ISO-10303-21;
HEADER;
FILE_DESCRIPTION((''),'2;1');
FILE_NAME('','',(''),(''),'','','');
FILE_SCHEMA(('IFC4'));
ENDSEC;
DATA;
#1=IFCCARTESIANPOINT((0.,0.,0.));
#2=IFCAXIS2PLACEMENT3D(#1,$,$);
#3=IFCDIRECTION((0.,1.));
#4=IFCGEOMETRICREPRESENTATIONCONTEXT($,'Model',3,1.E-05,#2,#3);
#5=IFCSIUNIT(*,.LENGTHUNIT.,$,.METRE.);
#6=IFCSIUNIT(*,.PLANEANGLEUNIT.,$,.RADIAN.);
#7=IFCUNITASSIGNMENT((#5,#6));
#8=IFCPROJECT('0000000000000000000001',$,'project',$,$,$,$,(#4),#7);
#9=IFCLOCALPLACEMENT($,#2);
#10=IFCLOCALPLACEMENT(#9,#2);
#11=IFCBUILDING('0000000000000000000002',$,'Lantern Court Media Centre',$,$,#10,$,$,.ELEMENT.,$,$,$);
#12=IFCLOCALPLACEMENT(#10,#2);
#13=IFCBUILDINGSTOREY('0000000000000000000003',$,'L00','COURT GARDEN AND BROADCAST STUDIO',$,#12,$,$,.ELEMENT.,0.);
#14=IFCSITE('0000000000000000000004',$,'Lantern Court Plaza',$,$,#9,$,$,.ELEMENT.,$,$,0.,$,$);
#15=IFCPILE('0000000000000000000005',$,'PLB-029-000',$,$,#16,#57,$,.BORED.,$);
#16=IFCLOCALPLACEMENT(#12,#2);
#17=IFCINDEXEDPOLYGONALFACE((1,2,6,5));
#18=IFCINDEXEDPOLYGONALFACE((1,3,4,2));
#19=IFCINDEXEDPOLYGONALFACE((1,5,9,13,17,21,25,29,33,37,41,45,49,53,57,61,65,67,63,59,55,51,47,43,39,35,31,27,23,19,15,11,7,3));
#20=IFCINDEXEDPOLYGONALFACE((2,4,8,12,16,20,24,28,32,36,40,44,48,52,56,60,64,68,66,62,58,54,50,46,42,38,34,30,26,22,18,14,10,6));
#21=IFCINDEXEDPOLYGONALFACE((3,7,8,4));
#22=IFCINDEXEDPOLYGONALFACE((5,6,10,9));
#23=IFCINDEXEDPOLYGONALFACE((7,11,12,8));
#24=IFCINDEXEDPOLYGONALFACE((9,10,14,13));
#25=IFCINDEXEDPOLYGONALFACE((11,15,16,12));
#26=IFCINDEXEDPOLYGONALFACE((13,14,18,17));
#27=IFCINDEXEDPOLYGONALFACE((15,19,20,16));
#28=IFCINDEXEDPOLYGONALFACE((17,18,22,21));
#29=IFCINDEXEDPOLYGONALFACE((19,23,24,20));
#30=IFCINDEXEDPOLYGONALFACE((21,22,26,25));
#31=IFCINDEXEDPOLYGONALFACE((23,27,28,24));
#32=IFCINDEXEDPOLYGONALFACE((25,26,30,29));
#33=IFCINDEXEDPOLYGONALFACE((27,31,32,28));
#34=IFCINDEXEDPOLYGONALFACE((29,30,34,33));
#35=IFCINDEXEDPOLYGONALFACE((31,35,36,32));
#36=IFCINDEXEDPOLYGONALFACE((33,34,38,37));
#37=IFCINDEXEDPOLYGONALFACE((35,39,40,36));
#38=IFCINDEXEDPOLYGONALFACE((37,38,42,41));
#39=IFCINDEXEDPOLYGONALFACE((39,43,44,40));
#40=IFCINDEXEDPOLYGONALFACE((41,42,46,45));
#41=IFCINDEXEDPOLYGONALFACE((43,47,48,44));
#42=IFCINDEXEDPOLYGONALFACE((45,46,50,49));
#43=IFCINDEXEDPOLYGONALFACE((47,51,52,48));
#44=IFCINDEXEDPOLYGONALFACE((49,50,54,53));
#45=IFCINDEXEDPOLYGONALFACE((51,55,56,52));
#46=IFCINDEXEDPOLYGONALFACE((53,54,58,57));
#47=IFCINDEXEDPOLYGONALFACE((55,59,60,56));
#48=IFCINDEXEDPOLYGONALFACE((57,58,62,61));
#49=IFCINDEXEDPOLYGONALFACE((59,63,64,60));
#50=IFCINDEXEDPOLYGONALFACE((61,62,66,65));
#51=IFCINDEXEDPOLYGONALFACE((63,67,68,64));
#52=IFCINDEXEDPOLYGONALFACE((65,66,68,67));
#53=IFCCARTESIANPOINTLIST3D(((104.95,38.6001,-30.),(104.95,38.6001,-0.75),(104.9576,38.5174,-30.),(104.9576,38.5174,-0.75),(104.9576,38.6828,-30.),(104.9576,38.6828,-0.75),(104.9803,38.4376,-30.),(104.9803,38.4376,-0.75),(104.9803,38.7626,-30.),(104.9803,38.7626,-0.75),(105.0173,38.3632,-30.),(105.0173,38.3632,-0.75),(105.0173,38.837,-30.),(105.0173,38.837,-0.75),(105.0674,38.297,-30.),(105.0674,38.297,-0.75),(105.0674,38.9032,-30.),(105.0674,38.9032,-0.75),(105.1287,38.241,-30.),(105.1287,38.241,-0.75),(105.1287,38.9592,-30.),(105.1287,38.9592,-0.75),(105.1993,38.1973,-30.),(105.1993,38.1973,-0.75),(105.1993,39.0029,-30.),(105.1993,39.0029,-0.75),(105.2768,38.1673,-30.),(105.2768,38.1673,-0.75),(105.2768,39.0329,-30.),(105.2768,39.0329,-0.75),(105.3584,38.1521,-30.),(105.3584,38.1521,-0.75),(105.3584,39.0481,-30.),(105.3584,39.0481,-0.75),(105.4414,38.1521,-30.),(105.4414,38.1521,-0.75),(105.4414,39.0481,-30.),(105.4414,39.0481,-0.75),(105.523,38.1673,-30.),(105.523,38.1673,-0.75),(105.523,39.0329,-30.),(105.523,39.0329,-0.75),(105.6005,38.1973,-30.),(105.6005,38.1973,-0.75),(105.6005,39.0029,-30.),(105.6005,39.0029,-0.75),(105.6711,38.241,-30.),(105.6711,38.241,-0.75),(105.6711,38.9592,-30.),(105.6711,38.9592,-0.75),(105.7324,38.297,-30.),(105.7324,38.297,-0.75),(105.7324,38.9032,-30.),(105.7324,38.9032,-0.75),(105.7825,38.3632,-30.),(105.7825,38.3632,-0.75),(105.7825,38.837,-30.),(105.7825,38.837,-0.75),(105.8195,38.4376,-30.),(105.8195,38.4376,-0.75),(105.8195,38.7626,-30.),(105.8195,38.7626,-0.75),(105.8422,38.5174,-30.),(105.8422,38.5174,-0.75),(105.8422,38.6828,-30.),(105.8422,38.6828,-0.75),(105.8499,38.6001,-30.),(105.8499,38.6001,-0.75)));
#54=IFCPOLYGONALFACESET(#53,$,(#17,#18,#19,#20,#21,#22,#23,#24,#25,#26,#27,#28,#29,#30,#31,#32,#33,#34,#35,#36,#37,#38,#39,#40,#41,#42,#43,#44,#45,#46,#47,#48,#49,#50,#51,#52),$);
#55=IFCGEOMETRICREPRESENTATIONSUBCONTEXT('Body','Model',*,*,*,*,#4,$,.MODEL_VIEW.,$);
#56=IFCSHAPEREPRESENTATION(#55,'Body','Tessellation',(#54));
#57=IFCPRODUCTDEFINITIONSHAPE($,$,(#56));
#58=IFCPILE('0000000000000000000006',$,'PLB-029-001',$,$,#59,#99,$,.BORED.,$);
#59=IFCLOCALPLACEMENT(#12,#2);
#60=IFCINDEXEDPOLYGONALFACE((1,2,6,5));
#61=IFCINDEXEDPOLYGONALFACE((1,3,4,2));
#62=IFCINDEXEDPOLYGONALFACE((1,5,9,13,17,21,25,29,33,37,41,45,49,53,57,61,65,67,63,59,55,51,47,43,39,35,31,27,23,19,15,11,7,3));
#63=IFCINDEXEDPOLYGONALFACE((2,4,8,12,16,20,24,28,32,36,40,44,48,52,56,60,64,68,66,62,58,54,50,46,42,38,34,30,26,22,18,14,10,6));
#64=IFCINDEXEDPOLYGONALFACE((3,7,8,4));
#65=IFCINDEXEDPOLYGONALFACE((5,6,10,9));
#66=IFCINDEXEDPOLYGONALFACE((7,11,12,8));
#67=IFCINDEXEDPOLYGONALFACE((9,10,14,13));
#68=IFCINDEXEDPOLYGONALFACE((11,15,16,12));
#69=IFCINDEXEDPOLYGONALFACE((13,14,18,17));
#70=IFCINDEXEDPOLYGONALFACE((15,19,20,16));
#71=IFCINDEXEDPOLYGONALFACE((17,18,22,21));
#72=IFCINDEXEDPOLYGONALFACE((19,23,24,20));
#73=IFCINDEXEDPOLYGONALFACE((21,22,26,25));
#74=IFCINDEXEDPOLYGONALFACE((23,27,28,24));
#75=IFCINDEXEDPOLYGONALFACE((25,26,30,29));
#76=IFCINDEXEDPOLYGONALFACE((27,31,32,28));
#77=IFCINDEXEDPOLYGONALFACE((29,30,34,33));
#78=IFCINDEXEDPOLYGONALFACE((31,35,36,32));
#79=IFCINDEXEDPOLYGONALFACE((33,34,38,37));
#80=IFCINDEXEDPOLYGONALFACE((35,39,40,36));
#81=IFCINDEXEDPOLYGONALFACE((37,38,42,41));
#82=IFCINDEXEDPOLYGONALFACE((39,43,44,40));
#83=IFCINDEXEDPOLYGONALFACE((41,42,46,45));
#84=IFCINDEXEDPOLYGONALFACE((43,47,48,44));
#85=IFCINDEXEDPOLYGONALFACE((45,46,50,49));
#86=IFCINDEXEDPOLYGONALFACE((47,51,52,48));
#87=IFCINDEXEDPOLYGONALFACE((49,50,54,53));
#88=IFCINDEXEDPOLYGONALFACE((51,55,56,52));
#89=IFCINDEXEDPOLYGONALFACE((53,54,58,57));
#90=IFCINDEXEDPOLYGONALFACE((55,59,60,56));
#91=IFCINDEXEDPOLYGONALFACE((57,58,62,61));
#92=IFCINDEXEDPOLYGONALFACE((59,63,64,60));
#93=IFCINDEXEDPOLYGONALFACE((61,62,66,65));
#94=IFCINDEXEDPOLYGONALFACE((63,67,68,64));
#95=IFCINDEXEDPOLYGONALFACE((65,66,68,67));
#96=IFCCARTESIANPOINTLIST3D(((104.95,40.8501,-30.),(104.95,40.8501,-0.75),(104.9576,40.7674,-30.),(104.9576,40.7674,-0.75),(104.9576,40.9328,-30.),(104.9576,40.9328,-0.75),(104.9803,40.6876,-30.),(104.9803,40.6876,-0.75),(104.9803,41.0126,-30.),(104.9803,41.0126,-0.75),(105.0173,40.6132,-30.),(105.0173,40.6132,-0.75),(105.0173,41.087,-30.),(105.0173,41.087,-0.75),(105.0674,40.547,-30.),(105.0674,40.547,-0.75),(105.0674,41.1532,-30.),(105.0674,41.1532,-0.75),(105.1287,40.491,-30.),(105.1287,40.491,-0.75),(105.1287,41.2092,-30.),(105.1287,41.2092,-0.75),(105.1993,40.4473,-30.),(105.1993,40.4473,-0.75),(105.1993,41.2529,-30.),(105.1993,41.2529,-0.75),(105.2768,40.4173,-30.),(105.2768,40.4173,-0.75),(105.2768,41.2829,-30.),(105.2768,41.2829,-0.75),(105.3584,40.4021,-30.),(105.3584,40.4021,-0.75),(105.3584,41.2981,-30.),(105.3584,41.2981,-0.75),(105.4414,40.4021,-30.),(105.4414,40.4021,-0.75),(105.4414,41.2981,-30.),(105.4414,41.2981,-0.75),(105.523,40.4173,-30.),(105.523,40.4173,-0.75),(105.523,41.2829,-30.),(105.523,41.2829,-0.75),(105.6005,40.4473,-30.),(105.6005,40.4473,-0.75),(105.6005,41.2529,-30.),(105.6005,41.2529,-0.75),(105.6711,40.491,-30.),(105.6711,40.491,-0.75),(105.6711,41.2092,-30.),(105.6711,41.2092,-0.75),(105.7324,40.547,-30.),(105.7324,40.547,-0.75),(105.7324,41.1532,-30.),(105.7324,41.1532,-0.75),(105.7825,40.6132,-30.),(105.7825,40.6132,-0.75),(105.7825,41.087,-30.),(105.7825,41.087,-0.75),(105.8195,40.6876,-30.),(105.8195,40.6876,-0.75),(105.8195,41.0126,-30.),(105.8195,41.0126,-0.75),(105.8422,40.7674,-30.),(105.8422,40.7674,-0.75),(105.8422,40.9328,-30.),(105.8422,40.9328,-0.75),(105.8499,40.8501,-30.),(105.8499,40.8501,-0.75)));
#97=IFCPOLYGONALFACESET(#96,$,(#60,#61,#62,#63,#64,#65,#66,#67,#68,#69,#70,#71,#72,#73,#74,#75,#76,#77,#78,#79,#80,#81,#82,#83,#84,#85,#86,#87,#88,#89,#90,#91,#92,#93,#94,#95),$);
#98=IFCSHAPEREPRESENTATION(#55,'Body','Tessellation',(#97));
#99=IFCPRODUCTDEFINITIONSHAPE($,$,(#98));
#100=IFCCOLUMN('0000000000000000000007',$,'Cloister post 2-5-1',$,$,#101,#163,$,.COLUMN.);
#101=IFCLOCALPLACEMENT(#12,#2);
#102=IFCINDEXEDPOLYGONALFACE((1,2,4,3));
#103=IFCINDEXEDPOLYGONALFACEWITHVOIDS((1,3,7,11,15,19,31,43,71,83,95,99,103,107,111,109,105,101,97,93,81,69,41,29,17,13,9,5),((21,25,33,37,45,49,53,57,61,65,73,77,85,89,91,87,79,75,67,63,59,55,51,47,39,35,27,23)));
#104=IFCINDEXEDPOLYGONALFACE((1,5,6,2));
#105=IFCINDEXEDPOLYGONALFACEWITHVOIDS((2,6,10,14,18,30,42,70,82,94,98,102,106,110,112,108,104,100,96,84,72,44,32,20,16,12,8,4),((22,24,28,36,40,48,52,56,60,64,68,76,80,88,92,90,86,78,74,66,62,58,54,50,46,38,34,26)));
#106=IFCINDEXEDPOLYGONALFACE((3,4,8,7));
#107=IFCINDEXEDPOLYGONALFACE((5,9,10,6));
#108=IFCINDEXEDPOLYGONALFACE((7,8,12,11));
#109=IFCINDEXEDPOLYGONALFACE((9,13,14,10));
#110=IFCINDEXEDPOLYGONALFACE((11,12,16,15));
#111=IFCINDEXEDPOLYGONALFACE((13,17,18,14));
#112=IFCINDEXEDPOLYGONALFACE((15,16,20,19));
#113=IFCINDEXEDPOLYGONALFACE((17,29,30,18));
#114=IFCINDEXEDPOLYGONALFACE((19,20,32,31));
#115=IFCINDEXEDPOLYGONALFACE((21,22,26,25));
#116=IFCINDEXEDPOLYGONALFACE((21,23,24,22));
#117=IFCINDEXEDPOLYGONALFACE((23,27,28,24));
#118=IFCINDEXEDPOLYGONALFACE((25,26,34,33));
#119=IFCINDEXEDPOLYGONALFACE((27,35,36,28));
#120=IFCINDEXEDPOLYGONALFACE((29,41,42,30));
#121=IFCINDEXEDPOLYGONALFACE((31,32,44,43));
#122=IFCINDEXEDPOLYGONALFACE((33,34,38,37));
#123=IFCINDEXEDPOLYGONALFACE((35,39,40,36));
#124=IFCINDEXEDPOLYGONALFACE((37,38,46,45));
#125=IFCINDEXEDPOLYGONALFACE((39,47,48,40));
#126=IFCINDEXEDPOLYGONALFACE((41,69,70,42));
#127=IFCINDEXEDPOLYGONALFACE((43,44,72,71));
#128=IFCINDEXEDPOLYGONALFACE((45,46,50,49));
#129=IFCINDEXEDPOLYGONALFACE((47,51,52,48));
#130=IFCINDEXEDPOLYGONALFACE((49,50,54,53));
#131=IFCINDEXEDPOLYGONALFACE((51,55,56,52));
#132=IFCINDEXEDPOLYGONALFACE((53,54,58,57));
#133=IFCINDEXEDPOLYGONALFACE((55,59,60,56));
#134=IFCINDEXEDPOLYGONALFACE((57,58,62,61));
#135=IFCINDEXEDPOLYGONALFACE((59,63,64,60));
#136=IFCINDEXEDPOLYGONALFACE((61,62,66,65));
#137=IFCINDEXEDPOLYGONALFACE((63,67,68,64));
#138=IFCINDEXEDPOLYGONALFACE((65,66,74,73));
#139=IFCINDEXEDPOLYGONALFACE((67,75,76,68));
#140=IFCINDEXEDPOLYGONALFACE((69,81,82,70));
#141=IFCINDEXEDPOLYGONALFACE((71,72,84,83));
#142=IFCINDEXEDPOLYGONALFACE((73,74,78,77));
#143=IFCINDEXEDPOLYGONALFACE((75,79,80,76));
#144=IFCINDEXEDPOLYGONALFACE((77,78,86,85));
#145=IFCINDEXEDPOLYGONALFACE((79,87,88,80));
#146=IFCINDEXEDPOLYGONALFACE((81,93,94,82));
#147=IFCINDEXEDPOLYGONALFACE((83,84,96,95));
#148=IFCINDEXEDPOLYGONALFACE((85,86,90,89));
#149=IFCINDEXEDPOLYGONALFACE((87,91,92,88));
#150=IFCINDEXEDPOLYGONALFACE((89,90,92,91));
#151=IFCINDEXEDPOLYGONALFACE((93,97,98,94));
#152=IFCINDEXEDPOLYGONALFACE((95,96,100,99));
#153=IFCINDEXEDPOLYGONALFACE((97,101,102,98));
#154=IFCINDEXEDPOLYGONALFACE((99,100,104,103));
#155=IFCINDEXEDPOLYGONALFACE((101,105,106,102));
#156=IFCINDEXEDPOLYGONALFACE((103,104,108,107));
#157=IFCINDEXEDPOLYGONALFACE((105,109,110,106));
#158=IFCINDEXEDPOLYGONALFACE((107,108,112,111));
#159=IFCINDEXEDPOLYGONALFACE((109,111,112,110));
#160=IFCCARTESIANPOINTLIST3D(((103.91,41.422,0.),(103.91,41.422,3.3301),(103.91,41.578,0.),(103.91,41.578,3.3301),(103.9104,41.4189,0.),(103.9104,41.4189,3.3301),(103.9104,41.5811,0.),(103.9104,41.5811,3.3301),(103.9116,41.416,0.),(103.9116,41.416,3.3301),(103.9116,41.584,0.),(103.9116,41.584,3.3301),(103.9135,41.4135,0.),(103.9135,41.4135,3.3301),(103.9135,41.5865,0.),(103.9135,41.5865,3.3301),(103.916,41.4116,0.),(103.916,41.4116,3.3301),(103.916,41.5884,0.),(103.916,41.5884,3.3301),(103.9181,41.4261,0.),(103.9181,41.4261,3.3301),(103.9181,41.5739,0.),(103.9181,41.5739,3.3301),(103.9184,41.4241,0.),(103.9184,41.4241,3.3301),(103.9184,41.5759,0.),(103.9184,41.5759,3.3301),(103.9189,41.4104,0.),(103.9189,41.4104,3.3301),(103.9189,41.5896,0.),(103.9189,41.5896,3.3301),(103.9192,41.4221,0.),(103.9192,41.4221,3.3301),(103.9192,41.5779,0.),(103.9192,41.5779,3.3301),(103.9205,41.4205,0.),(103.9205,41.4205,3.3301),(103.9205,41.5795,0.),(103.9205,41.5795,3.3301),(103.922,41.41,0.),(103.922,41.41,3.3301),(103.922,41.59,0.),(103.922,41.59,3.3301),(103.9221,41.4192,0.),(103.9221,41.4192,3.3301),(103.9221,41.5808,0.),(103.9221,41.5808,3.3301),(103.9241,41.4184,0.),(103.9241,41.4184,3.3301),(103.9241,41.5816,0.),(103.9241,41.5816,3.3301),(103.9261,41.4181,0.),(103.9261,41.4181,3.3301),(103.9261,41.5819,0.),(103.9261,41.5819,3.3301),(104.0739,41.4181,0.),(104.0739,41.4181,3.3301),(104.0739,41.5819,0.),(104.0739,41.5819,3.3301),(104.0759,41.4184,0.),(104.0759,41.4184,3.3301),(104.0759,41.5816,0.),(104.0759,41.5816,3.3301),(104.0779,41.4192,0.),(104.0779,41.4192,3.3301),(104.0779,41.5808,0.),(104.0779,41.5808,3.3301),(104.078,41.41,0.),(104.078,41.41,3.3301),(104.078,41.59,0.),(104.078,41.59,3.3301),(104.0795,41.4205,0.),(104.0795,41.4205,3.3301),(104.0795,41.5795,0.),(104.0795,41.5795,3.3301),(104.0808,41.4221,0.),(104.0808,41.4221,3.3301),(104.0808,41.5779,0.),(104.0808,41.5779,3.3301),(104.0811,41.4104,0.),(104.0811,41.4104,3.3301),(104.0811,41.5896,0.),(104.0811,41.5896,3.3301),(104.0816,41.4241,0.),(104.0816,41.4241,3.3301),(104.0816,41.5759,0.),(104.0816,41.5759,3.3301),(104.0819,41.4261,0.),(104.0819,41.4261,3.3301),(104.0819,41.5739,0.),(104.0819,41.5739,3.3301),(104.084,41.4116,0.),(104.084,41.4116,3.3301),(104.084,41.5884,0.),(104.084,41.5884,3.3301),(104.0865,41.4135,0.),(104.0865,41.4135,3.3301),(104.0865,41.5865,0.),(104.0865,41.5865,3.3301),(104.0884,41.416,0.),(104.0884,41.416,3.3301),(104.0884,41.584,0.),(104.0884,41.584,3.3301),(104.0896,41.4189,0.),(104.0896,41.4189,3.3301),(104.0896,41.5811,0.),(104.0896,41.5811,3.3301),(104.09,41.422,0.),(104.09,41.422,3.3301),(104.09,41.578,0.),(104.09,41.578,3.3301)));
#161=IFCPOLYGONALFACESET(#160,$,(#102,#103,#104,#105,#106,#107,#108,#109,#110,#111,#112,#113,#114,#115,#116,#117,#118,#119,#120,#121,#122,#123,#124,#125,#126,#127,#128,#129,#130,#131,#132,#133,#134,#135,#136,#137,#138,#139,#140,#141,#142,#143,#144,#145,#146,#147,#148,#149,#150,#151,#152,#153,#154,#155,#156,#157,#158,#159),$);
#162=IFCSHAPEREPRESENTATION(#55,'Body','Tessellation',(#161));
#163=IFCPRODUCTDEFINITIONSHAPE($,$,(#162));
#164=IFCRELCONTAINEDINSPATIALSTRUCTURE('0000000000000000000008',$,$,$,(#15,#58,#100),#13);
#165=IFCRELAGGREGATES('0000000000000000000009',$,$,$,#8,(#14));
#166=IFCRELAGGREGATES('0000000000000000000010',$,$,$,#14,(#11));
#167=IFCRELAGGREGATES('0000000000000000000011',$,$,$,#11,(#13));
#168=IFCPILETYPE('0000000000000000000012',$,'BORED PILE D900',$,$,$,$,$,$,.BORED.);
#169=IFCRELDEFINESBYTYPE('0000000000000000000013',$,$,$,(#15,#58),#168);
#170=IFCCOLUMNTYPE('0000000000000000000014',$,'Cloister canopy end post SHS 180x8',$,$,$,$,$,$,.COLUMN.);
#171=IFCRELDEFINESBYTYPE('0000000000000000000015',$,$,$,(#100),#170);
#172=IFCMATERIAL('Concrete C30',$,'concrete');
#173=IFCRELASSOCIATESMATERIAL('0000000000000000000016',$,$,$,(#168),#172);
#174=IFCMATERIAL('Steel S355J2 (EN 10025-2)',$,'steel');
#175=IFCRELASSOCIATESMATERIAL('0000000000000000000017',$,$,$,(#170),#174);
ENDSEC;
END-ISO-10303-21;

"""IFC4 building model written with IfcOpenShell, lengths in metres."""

from ifc_helpers import new_model, si_unit, direction, frame, origin, origin_2d, place, context, subcontext, project, spatial, hollow_rectangle, circle, extrude, material, material_profile, profile_set, type_object, element, save


model = new_model("IFC4")

# Units and contexts
model_context = context("Model", 3, precision=1e-05, world=origin(), true_north=direction((0.0, 1.0)))
body_context = subcontext(model_context, "Body", "Model", "MODEL_VIEW")
ifc_project = project(units=[si_unit("LENGTHUNIT", "METRE"), si_unit("PLANEANGLEUNIT", "RADIAN")], contexts=[model_context])

# Site, building, storey
site_placement = place(None, origin())
site = spatial("IfcSite", under=ifc_project, at=site_placement, Name="Lantern Court Plaza", CompositionType="ELEMENT", RefElevation=0.0)
building_placement = place(site_placement, origin())
building = spatial("IfcBuilding", under=site, at=building_placement, Name="Lantern Court Media Centre", CompositionType="ELEMENT")
storey_placement = place(building_placement, origin())
storey = spatial("IfcBuildingStorey", under=building, at=storey_placement, Name="L00", Description="COURT GARDEN AND BROADCAST STUDIO", CompositionType="ELEMENT", Elevation=0.0)

# Piles
ifc_material_1 = material(Name="Concrete C30", Category="concrete")
ifc_material_profile_1 = material_profile(ifc_material_1, circle(Radius=0.45, at=origin_2d()), Name="D900")
ifc_profile_set_1 = profile_set([ifc_material_profile_1], Name="Concrete C30")
pile_type = type_object("IfcPileType", Name="BORED PILE D900", PredefinedType="BORED", material=ifc_profile_set_1)
for number, where, z_axis, x_axis, name in (
    (1, (105.3999, 38.6001, -0.75), (0.0, 0.0, -1.0), (1.0, 0.0, 0.0), "PLB-029-000"),
    (2, (105.3999, 40.8501, -0.75), (0.0, 0.0, -1.0), (1.0, 0.0, 0.0), "PLB-029-001"),
):
    element("IfcPile", number, at=place(storey_placement, frame(where, z_axis=z_axis, x_axis=x_axis)), inside=storey, type_object=pile_type, Name=name, PredefinedType="BORED", context=body_context, shape_type="SweptSolid", body=[
        extrude(circle(Radius=0.45, at=origin_2d()), origin(), (0.0, 0.0, 1.0), 29.25),
    ])

# Column
ifc_material_2 = material(Name="Steel S355J2 (EN 10025-2)", Category="steel")
ifc_material_profile_2 = material_profile(ifc_material_2, hollow_rectangle(XDim=0.1799, YDim=0.1799, WallThickness=0.0081, InnerFilletRadius=0.0081, OuterFilletRadius=0.012, at=origin_2d()), Name="Cloister canopy end post SHS 180x8")
ifc_profile_set_2 = profile_set([ifc_material_profile_2], Name="Steel S355J2 (EN 10025-2)")
column_type_1 = type_object("IfcColumnType", Name="Cloister canopy end post SHS 180x8", PredefinedType="COLUMN", material=ifc_profile_set_2)
for number, where, z_axis, x_axis, name in (
    (3, (104.0, 41.5, 0.0), (0.0, 0.0, 1.0), (1.0, 0.0, 0.0), "Cloister post 2-5-1"),
):
    element("IfcColumn", number, at=place(storey_placement, frame(where, z_axis=z_axis, x_axis=x_axis)), inside=storey, type_object=column_type_1, Name=name, PredefinedType="COLUMN", context=body_context, shape_type="SweptSolid", body=[
        extrude(hollow_rectangle(XDim=0.1799, YDim=0.1799, WallThickness=0.0081, InnerFilletRadius=0.0081, OuterFilletRadius=0.012, at=origin_2d()), origin(), (0.0, 0.0, 1.0), 3.3301),
    ])

save(model, "model.ifc")
